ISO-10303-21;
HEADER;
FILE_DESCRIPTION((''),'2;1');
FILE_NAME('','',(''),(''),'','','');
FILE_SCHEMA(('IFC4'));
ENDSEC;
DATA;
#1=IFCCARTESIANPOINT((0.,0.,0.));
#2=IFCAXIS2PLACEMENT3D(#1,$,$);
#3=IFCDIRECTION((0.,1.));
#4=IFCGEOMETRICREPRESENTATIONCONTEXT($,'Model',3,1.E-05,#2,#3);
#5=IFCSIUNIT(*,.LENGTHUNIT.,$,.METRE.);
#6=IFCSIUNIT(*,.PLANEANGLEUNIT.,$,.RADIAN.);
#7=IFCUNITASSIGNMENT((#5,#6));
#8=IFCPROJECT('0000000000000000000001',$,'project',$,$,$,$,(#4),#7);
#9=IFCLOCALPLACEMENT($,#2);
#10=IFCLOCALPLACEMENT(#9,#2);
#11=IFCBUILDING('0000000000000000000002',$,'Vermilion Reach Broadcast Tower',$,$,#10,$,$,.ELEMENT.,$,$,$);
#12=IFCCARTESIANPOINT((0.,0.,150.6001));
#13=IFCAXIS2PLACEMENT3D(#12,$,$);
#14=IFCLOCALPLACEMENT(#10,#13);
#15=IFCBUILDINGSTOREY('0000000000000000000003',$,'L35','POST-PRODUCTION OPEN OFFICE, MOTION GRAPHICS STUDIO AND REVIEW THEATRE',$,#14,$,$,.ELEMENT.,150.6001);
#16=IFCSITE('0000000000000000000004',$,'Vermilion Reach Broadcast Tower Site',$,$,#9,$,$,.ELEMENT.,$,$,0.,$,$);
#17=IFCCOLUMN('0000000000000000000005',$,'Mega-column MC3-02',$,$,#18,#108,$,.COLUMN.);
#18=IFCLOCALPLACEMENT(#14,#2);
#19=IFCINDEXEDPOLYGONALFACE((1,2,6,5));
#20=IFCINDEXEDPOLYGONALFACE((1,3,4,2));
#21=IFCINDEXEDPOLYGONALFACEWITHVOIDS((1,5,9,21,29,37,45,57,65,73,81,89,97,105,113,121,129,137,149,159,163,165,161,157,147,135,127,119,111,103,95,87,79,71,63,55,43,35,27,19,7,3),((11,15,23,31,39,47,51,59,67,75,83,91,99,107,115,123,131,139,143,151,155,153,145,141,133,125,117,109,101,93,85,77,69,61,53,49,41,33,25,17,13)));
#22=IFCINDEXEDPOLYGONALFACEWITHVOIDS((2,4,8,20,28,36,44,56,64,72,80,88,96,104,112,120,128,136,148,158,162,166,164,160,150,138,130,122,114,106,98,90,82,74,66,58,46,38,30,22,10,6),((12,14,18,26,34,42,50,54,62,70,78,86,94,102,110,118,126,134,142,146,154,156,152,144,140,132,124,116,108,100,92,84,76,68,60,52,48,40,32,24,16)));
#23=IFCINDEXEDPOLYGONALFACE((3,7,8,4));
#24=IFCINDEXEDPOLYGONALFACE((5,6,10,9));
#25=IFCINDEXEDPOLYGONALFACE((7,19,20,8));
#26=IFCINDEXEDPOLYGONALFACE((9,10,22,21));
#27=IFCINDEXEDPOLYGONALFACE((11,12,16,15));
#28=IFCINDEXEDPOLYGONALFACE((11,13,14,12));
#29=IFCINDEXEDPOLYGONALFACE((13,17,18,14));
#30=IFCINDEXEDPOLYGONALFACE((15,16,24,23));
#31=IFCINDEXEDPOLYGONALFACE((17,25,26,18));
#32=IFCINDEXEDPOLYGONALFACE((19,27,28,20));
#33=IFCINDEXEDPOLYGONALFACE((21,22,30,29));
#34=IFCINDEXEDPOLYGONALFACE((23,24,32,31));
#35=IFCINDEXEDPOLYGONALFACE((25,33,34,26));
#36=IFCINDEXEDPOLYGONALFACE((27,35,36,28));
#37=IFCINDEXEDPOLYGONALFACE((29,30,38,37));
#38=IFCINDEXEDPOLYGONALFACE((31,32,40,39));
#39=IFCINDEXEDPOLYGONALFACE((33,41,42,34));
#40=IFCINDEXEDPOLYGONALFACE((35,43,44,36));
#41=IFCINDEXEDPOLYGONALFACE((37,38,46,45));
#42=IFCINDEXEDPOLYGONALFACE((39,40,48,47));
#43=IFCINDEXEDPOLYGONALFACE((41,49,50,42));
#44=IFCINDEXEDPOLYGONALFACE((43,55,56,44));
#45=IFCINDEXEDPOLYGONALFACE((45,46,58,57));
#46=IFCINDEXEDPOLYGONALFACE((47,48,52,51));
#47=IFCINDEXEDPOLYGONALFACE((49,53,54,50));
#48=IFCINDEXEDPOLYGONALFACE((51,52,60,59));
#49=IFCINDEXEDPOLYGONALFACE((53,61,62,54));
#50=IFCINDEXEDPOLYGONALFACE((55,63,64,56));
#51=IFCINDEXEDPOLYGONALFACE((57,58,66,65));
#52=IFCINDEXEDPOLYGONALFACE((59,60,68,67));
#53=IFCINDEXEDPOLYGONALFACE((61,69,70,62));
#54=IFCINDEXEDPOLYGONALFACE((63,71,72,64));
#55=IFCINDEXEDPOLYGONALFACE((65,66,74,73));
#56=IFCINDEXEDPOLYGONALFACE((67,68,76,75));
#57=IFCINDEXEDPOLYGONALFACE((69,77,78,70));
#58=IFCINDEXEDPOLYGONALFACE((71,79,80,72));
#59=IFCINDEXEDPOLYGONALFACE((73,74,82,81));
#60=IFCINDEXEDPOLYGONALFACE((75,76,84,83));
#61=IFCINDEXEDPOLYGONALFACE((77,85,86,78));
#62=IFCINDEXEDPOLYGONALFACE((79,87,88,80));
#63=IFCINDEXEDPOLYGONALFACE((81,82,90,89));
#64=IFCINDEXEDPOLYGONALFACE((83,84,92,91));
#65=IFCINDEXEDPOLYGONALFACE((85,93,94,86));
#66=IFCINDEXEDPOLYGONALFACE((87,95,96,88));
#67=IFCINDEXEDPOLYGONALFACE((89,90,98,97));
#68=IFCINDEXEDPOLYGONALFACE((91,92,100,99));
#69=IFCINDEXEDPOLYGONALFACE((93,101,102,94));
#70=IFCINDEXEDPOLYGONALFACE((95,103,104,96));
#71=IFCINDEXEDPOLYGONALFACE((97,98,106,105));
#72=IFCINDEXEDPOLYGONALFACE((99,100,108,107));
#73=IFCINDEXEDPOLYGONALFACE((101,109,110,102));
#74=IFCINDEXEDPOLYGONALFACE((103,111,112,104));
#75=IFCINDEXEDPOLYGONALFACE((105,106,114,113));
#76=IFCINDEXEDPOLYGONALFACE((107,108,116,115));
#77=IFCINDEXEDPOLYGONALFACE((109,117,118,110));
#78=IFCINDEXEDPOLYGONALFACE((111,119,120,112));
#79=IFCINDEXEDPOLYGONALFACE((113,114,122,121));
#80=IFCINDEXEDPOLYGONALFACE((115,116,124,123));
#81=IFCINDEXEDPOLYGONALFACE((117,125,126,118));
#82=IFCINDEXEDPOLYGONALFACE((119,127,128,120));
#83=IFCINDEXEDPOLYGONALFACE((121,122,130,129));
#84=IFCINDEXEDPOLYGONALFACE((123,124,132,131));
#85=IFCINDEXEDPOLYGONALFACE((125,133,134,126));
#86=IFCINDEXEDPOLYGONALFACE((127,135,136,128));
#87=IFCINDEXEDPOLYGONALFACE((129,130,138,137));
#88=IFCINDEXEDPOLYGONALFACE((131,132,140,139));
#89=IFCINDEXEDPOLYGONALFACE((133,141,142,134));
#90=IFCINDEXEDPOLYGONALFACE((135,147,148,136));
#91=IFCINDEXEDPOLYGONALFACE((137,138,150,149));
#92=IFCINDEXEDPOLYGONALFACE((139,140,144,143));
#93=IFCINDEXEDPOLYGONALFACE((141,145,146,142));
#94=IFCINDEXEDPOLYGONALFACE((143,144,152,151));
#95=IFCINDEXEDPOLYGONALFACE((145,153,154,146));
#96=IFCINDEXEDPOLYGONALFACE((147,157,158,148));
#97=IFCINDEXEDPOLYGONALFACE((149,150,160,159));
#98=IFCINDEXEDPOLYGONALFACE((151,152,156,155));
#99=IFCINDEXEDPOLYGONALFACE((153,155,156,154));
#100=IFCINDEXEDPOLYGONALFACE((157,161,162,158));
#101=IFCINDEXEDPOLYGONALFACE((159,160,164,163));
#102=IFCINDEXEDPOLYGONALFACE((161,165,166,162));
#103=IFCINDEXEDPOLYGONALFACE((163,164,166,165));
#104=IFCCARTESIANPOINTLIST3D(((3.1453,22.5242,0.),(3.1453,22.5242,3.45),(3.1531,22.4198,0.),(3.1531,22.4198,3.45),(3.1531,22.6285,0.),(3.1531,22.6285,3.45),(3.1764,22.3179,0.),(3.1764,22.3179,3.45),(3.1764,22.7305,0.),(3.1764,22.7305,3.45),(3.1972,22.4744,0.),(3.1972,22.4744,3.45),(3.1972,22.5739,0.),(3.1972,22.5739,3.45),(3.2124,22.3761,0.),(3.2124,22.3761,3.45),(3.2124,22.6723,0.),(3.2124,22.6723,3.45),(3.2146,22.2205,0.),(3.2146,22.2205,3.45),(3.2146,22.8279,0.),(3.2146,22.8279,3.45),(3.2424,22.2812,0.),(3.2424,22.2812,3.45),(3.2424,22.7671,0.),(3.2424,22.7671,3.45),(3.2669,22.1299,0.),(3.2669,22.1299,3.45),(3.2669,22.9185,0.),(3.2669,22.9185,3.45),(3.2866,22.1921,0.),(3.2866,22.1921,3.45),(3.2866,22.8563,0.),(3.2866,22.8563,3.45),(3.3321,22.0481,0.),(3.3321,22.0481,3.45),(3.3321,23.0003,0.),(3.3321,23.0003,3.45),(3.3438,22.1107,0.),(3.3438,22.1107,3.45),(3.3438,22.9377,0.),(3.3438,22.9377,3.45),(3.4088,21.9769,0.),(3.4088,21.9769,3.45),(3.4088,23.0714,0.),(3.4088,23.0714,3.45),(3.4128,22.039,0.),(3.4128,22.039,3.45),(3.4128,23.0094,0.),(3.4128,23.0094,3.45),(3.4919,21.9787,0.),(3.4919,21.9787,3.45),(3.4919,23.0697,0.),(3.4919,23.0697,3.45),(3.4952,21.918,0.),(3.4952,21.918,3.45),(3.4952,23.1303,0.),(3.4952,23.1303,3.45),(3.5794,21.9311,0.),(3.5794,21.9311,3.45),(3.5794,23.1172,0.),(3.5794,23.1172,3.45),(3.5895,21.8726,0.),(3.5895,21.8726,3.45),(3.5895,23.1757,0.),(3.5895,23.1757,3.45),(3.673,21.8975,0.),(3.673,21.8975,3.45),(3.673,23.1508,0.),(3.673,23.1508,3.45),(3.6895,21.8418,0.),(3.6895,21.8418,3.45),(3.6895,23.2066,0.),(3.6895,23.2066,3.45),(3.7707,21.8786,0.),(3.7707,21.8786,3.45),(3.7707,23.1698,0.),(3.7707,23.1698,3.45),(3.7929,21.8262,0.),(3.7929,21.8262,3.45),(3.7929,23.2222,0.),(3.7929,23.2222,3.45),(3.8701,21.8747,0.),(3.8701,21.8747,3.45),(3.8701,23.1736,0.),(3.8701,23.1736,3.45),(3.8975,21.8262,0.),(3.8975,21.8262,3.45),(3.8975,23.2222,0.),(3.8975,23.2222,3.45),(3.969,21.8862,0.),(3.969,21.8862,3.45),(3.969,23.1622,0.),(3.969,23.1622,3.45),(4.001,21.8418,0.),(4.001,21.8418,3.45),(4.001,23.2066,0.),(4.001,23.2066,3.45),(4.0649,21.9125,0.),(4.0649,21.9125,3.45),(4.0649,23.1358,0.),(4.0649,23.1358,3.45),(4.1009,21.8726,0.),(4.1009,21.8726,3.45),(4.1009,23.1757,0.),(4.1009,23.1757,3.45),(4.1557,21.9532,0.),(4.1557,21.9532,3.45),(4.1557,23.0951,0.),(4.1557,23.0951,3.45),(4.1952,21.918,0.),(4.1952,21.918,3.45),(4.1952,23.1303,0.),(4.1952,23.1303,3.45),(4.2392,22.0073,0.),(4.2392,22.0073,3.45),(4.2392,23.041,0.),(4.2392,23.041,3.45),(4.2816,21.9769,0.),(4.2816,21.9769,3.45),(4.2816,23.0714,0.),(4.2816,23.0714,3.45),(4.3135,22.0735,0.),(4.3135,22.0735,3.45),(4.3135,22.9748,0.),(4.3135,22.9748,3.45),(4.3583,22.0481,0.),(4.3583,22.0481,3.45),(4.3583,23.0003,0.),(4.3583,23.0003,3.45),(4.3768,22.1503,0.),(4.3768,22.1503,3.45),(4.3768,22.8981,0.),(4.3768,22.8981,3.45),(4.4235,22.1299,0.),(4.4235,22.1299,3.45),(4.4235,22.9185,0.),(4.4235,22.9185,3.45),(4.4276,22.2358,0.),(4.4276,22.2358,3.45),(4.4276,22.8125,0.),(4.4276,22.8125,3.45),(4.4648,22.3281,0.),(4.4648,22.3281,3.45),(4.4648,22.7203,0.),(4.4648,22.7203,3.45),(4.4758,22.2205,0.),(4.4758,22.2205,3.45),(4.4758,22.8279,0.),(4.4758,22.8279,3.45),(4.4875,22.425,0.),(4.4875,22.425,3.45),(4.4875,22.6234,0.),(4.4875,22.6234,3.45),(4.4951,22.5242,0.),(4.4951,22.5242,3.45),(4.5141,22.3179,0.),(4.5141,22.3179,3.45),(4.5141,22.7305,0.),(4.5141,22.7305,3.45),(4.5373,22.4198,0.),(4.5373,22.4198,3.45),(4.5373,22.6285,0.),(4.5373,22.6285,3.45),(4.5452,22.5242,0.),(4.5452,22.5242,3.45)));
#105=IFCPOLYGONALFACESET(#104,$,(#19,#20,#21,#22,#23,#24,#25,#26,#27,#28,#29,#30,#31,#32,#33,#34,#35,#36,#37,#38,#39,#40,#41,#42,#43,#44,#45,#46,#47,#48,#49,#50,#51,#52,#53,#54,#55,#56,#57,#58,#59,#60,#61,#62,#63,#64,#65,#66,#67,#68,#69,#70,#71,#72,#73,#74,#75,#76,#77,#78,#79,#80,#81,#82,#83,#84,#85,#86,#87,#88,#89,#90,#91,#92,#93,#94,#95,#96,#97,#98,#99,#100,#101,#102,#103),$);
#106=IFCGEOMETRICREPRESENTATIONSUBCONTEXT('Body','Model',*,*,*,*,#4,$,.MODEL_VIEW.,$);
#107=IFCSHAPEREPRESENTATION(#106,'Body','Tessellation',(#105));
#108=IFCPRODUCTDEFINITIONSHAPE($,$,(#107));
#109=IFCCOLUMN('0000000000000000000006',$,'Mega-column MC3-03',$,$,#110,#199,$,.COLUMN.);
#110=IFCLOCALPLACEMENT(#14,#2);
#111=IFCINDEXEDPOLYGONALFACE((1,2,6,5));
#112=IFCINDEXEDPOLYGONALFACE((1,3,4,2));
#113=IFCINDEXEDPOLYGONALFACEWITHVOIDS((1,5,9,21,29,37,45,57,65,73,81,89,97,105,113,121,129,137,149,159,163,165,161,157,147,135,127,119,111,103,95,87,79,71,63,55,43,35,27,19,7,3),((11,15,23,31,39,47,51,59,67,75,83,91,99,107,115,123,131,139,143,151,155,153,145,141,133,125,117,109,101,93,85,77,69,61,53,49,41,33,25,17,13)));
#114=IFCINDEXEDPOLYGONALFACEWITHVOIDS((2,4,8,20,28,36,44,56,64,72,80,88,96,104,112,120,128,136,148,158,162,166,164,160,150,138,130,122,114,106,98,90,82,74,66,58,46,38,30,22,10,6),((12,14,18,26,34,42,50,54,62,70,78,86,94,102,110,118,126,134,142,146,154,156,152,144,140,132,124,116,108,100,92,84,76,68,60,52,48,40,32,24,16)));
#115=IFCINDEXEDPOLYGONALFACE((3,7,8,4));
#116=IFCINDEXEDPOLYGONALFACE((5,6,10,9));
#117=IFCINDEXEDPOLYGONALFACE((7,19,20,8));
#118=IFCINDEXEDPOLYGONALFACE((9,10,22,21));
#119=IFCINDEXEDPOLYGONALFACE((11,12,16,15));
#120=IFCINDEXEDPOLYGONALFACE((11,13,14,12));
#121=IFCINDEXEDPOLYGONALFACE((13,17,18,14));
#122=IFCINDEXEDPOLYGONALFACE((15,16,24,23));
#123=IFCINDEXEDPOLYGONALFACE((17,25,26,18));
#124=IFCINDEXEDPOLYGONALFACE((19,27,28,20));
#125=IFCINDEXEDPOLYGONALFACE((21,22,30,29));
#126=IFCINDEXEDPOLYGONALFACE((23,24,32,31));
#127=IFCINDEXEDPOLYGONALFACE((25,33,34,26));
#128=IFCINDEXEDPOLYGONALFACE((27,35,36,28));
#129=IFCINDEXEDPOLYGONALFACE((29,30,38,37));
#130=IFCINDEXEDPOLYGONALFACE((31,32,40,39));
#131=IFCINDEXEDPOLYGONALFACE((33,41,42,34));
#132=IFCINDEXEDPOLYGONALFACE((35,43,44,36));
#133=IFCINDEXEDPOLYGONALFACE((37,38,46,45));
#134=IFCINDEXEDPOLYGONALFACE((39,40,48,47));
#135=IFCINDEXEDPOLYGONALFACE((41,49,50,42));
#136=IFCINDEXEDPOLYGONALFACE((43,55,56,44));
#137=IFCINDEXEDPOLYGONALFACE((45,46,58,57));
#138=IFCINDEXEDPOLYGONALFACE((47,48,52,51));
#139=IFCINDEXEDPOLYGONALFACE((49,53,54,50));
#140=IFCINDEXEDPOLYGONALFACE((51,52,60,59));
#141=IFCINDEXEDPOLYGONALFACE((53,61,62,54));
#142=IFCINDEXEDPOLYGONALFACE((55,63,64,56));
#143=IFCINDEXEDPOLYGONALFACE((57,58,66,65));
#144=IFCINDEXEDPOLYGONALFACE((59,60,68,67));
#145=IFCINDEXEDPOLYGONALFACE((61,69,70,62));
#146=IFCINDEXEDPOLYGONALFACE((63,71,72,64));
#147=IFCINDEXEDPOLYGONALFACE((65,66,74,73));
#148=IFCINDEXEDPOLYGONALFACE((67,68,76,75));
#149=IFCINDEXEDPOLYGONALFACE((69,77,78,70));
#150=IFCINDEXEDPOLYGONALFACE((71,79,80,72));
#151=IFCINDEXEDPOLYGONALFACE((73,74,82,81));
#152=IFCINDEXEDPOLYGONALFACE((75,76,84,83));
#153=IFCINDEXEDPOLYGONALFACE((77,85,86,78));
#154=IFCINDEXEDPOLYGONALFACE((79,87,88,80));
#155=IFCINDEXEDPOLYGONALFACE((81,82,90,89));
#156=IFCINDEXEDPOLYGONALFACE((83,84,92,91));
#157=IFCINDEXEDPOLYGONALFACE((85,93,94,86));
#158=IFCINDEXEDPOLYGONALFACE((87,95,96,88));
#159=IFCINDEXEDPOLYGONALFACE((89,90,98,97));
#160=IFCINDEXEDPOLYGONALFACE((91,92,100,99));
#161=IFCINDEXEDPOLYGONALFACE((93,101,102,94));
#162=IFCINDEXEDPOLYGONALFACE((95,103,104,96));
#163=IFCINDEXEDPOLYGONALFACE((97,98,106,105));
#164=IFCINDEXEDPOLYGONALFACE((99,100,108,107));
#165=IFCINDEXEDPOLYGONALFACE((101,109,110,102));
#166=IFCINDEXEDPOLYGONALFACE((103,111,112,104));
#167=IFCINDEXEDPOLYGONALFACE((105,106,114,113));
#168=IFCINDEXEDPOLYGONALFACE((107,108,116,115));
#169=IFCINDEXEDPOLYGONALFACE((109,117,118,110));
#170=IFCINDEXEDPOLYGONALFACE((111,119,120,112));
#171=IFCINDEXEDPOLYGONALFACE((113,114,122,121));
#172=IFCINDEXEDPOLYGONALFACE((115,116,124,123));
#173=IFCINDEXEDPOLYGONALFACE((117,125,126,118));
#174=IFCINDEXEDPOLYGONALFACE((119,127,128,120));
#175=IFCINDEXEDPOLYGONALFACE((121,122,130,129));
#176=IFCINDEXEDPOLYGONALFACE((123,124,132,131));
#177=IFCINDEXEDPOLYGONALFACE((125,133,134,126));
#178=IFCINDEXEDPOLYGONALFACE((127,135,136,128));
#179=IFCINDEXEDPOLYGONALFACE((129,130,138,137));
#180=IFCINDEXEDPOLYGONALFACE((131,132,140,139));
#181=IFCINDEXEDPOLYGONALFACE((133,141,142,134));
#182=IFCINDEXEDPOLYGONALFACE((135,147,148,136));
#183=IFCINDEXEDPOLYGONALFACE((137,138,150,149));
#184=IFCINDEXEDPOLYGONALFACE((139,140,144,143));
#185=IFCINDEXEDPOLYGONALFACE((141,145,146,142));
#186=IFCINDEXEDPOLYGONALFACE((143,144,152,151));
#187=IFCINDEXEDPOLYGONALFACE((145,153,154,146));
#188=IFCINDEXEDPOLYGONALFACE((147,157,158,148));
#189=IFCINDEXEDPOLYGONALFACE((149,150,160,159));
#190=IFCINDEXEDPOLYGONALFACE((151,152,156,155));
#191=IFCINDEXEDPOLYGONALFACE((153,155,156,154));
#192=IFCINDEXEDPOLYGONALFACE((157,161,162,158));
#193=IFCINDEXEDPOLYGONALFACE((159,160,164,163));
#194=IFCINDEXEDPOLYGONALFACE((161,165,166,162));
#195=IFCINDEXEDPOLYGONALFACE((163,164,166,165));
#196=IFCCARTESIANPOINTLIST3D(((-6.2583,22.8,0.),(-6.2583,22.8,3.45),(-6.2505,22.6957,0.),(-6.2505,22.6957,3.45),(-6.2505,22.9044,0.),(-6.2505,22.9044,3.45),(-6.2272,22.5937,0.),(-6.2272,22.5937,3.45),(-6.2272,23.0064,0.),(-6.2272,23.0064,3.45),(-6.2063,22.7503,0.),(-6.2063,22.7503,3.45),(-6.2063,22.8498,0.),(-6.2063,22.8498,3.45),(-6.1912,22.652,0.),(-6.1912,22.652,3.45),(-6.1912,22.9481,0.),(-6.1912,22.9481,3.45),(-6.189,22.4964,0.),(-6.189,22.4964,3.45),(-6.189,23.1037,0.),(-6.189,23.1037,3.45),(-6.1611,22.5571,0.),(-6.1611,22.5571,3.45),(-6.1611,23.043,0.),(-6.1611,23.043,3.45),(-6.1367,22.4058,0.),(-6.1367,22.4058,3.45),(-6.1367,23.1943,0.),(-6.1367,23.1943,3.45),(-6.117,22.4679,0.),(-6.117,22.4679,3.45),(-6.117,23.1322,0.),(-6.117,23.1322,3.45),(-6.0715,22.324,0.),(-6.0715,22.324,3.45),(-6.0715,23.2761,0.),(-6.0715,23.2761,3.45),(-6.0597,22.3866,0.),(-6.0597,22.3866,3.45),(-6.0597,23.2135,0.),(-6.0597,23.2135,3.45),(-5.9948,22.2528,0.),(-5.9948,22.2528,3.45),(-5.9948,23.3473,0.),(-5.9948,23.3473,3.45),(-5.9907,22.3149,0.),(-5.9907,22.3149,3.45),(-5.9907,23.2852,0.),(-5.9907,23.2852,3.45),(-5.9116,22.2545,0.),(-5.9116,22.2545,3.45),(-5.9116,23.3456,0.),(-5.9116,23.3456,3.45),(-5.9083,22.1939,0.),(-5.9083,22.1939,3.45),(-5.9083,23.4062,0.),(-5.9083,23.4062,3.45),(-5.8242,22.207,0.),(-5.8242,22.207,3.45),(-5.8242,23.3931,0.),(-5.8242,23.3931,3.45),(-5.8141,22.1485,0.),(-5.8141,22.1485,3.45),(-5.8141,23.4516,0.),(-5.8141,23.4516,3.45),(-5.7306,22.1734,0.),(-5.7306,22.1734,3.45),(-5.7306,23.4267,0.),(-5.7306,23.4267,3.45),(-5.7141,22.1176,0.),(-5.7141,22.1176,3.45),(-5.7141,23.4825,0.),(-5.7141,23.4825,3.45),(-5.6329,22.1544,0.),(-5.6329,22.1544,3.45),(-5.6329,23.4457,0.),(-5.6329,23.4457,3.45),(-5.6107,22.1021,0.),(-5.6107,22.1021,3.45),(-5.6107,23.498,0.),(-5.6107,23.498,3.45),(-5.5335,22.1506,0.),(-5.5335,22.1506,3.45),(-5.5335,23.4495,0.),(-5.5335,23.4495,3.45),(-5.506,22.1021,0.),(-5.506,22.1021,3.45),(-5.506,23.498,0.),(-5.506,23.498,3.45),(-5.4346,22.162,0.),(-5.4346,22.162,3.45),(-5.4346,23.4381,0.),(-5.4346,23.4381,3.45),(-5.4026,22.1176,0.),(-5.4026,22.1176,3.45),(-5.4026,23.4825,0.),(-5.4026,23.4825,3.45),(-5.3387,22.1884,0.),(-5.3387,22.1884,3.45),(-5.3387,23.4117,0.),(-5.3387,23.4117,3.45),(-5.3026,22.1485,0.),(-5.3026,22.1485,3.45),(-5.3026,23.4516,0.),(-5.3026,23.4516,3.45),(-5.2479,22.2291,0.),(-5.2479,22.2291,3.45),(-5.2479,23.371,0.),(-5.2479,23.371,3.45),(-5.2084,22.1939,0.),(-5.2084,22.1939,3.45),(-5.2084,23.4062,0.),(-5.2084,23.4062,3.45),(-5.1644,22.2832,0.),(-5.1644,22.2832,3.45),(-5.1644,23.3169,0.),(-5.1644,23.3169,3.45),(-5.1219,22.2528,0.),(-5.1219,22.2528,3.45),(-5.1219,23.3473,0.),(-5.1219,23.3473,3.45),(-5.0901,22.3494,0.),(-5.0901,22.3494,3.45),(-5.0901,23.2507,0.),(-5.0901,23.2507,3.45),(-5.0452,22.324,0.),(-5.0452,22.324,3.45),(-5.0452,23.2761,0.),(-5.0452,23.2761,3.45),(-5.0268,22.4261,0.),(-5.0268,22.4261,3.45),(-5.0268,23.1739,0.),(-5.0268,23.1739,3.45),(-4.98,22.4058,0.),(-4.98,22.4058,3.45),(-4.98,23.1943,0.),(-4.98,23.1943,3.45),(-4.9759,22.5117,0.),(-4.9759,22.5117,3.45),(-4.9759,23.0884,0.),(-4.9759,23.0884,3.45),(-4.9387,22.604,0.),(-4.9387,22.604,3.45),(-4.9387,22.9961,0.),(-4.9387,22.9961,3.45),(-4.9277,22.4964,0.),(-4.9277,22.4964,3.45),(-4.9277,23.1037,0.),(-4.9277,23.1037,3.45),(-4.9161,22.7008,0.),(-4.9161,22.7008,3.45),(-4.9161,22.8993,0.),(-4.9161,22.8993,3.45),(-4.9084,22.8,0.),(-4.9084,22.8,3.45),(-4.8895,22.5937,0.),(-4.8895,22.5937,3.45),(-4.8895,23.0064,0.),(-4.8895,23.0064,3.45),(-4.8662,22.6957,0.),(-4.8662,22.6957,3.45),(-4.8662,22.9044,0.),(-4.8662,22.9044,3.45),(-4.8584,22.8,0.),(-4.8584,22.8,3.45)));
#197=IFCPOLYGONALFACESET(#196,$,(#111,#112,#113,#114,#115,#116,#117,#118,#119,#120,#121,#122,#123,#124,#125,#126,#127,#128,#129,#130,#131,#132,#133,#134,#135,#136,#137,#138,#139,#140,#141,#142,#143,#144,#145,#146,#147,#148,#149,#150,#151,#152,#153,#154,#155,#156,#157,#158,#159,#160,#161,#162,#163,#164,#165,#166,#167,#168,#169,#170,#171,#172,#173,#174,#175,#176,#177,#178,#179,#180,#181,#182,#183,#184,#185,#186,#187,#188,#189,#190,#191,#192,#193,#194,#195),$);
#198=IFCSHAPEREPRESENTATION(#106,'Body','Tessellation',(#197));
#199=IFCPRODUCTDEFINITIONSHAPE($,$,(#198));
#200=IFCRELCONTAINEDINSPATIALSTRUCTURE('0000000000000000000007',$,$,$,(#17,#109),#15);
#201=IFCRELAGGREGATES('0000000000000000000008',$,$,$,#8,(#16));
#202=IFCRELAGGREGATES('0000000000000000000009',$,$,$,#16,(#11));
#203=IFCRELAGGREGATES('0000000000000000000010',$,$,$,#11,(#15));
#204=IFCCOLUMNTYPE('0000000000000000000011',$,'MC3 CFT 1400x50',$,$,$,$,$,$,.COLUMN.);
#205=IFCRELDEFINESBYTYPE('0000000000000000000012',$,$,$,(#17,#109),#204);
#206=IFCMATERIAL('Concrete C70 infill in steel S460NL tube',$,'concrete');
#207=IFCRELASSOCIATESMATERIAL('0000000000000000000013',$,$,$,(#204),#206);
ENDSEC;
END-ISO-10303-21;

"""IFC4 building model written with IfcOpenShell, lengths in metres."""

from ifc_helpers import new_model, si_unit, direction, frame, origin, origin_2d, place, context, subcontext, project, spatial, hollow_circle, extrude, material, material_profile, profile_set, type_object, element, save


model = new_model("IFC4")

# Units and contexts
model_context = context("Model", 3, precision=1e-05, world=origin(), true_north=direction((0.0, 1.0)))
body_context = subcontext(model_context, "Body", "Model", "MODEL_VIEW")
ifc_project = project(units=[si_unit("LENGTHUNIT", "METRE"), si_unit("PLANEANGLEUNIT", "RADIAN")], contexts=[model_context])

# Site, building, storey
site_placement = place(None, origin())
site = spatial("IfcSite", under=ifc_project, at=site_placement, Name="Vermilion Reach Broadcast Tower Site", CompositionType="ELEMENT", RefElevation=0.0)
building_placement = place(site_placement, origin())
building = spatial("IfcBuilding", under=site, at=building_placement, Name="Vermilion Reach Broadcast Tower", CompositionType="ELEMENT")
storey_placement = place(building_placement, frame((0.0, 0.0, 150.6001)))
storey = spatial("IfcBuildingStorey", under=building, at=storey_placement, Name="L35", Description="POST-PRODUCTION OPEN OFFICE, MOTION GRAPHICS STUDIO AND REVIEW THEATRE", CompositionType="ELEMENT", Elevation=150.6001)

# Columns
ifc_material_1 = material(Name="Concrete C70 infill in steel S460NL tube", Category="concrete")
ifc_material_profile_1 = material_profile(ifc_material_1, hollow_circle(Radius=0.7, WallThickness=0.05, at=origin_2d()), Name="Concrete C70 infill in steel S460NL tube CFT 1400x50")
ifc_profile_set_1 = profile_set([ifc_material_profile_1], Name="Concrete C70 infill in steel S460NL tube")
column_type = type_object("IfcColumnType", Name="MC3 CFT 1400x50", PredefinedType="COLUMN", material=ifc_profile_set_1)
for number, where, z_axis, x_axis, name in (
    (1, (3.8452, 22.5242, 0.0), (0.0, 0.0, 1.0), (1.0, 0.0, 0.0), "Mega-column MC3-02"),
    (2, (-5.5583, 22.8, 0.0), (0.0, 0.0, 1.0), (1.0, 0.0, 0.0), "Mega-column MC3-03"),
):
    element("IfcColumn", number, at=place(storey_placement, frame(where, z_axis=z_axis, x_axis=x_axis)), inside=storey, type_object=column_type, Name=name, PredefinedType="COLUMN", context=body_context, shape_type="SweptSolid", body=[
        extrude(hollow_circle(Radius=0.7, WallThickness=0.05, at=origin_2d()), origin(), (0.0, 0.0, 1.0), 3.45),
    ])

save(model, "model.ifc")
